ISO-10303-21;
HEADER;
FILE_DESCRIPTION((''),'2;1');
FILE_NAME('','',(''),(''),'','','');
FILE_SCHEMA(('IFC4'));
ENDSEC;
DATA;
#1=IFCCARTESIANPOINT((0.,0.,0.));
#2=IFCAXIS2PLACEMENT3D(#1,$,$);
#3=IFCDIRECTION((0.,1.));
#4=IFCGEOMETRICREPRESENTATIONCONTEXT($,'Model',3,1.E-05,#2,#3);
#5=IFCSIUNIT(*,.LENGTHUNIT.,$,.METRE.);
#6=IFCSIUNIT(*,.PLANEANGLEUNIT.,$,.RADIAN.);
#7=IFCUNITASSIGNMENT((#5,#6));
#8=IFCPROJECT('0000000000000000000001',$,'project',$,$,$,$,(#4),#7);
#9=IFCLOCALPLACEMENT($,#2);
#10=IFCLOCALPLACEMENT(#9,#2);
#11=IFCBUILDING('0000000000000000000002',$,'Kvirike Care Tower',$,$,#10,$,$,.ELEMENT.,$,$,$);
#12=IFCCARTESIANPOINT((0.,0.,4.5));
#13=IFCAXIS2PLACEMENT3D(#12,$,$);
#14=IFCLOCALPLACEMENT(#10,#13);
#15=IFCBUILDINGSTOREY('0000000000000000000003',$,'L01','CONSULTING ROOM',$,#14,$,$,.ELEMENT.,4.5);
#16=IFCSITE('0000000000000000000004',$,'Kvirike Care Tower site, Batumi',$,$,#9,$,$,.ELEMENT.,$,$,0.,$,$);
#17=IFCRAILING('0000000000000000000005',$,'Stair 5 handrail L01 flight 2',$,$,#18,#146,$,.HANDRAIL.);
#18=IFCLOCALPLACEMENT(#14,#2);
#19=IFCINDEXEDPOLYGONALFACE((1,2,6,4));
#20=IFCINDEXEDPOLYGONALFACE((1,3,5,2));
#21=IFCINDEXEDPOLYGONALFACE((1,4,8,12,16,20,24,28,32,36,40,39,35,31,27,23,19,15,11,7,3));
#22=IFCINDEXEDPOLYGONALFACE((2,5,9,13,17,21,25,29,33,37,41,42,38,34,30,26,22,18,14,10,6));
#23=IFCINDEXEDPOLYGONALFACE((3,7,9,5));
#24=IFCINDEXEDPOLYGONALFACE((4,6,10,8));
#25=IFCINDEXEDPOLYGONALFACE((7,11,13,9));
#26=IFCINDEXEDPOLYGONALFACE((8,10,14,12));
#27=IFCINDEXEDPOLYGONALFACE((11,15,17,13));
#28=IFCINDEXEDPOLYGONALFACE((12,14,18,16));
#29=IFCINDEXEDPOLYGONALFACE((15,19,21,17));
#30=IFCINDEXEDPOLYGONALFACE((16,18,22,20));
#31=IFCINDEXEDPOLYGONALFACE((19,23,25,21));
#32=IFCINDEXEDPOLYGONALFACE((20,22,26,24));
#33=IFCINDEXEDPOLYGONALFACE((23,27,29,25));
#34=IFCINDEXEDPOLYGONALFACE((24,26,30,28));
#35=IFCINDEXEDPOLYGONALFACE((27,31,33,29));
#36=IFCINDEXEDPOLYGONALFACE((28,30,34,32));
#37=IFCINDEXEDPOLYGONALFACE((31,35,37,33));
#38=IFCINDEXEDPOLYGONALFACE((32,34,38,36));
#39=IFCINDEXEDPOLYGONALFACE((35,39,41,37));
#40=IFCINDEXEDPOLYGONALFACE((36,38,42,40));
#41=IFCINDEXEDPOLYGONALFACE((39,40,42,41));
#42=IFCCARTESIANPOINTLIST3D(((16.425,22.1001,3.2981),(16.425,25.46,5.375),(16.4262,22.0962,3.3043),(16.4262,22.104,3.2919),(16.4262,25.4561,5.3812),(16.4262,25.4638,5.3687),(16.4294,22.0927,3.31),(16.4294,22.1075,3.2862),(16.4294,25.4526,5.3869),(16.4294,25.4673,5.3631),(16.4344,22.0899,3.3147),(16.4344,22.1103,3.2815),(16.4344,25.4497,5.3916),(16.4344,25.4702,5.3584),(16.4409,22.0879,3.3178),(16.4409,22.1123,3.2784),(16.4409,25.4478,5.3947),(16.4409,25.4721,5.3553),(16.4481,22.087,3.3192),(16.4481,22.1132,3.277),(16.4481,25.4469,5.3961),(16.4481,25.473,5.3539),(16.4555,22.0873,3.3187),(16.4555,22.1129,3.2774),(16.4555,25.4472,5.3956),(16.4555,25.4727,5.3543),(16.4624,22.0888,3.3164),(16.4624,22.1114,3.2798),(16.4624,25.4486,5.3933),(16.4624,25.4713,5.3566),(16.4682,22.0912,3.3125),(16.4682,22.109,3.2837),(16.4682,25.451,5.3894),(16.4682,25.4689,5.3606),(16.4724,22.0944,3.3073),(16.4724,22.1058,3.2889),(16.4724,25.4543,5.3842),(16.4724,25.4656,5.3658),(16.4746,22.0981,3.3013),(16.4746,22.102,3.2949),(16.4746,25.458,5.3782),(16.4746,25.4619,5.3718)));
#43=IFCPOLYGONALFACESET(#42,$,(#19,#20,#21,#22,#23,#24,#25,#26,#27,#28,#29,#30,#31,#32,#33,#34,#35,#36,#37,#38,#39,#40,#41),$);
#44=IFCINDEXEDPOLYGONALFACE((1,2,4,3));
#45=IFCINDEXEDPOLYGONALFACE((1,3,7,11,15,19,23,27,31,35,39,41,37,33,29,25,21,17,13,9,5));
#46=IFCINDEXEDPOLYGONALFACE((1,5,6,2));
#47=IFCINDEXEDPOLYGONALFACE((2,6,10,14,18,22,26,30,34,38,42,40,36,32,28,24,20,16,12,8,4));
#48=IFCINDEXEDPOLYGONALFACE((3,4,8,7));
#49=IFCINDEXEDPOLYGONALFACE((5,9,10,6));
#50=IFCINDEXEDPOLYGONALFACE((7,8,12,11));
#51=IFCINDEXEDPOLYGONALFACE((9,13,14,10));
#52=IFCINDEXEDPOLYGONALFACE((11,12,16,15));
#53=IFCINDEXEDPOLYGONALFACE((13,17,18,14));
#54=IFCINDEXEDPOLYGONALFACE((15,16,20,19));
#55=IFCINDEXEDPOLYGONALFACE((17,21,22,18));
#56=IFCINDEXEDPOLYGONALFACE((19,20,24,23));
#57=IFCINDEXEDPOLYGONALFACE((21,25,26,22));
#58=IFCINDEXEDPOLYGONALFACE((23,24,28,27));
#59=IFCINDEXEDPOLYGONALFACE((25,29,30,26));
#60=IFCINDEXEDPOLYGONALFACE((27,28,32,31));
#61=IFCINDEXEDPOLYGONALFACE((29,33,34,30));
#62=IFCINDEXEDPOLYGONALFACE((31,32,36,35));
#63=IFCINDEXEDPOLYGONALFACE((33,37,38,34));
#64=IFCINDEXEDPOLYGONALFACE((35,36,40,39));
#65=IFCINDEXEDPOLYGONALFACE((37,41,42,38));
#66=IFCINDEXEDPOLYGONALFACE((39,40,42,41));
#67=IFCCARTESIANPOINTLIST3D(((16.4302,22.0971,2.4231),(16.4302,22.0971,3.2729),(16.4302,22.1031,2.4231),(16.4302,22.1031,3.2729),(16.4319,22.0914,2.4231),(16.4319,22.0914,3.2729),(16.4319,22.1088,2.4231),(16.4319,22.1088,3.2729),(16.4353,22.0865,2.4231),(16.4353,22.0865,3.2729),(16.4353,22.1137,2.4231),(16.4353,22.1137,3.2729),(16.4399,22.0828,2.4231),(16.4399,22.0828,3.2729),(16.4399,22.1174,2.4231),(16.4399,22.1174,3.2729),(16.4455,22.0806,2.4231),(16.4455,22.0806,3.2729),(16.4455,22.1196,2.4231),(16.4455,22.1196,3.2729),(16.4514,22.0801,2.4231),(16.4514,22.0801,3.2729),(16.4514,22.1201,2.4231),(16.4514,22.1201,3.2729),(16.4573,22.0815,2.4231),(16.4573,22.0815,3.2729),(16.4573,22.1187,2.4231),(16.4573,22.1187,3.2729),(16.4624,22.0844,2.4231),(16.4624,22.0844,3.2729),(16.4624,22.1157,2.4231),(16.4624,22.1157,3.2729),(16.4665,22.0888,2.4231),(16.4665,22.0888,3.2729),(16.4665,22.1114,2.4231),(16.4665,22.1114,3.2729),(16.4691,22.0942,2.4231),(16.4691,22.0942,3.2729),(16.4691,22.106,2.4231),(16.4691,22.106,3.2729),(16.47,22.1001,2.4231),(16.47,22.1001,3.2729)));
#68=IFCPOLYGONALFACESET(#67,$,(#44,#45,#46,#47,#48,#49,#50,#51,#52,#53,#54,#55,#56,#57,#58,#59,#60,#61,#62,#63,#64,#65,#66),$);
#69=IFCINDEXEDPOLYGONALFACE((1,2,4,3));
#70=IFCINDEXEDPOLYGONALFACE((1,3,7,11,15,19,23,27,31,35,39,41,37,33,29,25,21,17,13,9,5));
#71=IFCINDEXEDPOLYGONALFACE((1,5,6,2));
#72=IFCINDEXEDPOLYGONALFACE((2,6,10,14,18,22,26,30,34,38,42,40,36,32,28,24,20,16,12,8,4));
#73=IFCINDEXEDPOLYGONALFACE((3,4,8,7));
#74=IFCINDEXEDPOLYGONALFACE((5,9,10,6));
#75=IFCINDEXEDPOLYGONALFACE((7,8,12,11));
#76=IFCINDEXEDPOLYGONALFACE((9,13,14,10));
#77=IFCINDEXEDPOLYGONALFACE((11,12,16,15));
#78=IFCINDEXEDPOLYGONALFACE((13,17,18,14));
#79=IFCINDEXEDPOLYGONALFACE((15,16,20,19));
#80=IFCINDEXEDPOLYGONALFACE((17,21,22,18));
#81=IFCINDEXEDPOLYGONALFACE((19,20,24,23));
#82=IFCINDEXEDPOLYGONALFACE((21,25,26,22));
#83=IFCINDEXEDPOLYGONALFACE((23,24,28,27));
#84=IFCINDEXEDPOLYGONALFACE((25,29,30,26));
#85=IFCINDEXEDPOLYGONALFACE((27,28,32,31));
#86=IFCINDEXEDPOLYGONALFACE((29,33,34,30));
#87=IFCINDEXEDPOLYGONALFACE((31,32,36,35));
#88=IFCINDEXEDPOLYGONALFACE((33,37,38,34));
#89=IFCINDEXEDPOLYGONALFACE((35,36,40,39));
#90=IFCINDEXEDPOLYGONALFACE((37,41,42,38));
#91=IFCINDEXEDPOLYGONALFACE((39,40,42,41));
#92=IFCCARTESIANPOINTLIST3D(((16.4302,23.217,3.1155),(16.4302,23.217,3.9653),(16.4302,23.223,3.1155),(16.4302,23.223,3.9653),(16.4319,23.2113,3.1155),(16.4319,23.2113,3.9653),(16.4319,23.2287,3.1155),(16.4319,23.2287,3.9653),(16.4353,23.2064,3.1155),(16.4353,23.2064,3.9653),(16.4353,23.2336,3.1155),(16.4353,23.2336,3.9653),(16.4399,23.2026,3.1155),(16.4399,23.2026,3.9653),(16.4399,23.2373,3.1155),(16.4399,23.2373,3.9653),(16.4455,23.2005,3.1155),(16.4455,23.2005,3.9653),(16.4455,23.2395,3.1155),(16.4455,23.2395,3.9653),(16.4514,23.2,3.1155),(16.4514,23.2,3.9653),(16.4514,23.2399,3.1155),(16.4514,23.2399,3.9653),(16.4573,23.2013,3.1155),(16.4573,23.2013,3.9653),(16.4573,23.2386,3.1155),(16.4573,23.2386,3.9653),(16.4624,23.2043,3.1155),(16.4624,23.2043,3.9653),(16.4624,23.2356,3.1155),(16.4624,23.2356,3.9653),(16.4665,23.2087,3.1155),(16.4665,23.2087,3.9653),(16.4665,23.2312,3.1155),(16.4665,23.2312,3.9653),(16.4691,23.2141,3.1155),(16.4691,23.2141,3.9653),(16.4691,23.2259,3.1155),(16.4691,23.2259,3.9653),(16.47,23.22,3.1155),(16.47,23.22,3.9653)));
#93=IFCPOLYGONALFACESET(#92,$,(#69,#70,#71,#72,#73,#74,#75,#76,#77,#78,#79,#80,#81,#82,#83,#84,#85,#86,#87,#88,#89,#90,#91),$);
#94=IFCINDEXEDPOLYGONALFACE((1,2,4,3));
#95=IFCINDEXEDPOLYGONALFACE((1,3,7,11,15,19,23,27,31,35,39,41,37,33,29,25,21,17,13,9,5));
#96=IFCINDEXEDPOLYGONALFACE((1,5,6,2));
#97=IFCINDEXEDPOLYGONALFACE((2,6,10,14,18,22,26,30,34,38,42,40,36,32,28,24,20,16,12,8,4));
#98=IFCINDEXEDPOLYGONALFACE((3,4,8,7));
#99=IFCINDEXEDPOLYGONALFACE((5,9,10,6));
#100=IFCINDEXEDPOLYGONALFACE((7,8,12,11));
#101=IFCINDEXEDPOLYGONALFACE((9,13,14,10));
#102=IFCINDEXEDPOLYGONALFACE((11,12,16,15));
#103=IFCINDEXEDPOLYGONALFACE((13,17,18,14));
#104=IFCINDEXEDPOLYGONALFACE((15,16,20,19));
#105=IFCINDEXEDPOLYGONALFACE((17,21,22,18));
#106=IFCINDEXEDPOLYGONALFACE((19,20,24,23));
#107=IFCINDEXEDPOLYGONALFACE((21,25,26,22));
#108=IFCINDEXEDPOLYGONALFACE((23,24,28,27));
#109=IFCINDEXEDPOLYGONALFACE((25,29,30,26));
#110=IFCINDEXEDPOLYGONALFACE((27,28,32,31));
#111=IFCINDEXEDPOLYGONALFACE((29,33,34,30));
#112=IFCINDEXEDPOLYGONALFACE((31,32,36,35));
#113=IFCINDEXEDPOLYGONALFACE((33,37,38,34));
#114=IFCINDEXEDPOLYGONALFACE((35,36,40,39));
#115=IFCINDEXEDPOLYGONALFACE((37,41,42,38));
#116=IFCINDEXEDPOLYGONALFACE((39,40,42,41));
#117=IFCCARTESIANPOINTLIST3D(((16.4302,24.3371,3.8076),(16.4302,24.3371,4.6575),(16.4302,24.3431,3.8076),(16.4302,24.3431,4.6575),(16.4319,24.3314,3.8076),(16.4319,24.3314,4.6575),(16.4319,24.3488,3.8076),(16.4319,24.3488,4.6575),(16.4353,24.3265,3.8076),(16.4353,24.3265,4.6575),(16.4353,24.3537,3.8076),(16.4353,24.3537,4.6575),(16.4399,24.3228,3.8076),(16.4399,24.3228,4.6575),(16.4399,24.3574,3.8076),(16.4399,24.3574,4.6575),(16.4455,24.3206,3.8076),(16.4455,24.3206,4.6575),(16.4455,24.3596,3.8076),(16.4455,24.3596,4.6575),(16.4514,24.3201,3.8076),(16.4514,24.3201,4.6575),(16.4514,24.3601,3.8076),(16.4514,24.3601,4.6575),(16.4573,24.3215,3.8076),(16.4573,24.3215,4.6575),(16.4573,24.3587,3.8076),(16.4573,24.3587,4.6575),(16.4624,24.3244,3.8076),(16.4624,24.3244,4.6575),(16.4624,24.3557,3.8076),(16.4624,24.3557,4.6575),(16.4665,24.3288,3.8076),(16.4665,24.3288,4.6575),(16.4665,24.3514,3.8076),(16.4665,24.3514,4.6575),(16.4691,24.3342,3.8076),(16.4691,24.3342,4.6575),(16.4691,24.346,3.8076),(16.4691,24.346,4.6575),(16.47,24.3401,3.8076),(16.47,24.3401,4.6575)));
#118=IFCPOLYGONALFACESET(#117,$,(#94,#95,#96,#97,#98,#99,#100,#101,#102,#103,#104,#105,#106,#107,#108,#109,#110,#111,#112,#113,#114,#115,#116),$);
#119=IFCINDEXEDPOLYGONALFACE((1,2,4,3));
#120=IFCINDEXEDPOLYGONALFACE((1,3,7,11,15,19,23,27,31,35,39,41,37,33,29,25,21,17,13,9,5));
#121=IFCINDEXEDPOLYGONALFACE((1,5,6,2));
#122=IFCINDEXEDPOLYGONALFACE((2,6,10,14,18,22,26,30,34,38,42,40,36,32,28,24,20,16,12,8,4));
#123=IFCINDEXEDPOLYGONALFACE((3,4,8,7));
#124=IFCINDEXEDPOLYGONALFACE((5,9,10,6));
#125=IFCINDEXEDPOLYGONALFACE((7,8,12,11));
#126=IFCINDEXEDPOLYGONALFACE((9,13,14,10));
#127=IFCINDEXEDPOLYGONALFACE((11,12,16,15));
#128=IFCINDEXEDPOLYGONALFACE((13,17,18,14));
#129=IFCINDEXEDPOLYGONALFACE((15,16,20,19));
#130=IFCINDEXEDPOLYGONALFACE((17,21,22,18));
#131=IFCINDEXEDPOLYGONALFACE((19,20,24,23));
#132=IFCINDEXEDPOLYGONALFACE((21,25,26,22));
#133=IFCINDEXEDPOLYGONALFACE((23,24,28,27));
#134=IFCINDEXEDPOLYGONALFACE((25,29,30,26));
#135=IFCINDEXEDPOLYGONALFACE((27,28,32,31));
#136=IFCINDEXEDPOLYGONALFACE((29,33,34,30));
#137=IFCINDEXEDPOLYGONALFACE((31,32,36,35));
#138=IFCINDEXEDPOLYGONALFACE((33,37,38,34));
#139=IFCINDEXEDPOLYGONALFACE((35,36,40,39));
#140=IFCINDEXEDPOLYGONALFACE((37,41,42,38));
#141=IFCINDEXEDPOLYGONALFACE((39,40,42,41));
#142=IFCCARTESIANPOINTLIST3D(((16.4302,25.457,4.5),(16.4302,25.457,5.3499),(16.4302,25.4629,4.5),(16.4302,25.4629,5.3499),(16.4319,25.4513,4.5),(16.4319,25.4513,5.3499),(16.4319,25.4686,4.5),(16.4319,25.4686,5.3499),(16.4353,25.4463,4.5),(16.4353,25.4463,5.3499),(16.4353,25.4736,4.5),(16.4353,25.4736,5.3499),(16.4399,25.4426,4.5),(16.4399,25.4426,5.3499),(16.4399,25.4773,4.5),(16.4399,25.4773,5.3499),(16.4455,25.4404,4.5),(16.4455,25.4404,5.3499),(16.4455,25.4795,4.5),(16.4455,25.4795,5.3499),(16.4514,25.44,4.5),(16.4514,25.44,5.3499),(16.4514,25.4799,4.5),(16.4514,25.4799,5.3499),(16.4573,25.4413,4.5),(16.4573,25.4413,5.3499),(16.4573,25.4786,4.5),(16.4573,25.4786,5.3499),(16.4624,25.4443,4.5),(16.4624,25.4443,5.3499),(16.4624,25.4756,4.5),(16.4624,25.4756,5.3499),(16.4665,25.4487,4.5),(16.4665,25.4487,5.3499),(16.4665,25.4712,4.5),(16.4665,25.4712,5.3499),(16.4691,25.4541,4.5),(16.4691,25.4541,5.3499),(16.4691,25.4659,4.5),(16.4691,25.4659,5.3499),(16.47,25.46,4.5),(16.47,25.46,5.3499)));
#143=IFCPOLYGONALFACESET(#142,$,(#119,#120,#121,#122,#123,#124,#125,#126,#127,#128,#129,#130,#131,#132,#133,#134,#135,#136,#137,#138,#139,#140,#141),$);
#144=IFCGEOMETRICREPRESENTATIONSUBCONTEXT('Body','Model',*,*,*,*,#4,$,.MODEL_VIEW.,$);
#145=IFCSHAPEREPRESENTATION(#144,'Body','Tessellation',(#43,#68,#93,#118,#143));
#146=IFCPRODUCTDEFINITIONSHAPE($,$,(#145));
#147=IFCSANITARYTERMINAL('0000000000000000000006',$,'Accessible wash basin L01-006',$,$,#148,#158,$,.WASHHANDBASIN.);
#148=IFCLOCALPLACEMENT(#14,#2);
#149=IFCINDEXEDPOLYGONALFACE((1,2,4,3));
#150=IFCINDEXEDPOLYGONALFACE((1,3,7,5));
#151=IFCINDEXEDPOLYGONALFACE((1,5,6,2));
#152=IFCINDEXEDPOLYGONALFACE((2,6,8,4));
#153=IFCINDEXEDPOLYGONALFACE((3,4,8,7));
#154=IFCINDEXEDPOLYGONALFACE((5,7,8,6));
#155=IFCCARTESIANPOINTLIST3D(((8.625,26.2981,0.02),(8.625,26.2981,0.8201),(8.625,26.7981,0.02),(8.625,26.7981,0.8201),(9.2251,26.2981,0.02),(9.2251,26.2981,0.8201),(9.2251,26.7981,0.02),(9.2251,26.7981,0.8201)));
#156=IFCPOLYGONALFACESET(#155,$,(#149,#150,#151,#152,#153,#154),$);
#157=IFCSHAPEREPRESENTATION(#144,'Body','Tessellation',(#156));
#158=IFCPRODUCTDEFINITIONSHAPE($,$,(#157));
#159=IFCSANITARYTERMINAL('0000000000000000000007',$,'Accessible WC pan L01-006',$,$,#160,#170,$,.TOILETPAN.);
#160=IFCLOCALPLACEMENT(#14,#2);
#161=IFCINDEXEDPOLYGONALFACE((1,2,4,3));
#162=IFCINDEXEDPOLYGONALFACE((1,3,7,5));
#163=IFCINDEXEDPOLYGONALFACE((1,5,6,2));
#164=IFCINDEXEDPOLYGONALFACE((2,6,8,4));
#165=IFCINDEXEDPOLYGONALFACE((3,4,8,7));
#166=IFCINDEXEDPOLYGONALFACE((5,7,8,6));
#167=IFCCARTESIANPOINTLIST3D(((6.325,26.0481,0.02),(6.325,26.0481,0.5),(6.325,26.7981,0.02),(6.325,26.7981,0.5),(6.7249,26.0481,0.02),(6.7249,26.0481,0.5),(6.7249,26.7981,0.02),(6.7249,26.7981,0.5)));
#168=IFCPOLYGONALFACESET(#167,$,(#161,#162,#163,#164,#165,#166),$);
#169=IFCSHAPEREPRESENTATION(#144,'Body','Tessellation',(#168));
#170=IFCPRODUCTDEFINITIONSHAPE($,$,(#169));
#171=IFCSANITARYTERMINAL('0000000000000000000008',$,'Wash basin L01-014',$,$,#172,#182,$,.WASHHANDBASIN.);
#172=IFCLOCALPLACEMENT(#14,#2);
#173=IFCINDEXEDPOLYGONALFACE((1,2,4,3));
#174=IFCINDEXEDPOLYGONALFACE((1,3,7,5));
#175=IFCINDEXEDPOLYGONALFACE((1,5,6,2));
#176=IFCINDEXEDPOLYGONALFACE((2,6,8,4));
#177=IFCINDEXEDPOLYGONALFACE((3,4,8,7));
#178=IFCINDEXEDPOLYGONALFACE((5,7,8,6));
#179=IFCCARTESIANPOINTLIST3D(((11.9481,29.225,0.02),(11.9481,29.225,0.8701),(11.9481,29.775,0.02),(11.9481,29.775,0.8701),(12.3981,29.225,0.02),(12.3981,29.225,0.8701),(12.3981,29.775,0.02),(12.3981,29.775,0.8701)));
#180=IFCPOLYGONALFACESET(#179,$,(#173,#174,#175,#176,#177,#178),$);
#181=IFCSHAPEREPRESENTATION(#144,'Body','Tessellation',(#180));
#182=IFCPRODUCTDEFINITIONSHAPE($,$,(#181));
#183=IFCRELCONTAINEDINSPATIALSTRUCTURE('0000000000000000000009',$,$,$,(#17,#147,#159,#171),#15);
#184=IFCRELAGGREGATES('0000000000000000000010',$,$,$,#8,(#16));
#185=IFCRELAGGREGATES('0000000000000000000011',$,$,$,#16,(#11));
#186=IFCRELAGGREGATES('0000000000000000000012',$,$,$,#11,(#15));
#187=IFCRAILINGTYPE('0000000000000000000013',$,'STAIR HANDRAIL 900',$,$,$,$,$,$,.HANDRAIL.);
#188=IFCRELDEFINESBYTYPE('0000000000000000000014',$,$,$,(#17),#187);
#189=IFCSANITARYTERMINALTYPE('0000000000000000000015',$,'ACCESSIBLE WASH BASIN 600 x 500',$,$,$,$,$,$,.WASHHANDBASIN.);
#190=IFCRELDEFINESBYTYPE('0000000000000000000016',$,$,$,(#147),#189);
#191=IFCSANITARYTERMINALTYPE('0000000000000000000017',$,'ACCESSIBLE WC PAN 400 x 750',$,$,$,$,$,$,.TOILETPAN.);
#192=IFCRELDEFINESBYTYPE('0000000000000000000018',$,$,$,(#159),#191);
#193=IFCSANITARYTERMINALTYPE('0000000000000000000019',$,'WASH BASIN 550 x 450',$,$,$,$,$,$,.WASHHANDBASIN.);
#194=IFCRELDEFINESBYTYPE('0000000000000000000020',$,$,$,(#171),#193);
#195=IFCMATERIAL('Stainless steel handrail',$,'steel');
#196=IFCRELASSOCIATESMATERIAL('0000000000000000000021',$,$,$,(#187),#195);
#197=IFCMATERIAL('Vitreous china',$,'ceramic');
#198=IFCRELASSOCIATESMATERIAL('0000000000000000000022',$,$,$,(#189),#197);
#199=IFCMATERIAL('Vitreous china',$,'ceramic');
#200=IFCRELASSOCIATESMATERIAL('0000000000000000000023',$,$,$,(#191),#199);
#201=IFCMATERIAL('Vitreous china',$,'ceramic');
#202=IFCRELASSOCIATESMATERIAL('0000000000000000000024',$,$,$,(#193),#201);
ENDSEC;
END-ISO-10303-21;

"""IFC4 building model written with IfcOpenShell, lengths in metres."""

from ifc_helpers import new_model, si_unit, direction, frame, origin, origin_2d, place, context, subcontext, project, spatial, rectangle, circle, extrude, material, type_object, element, save


model = new_model("IFC4")

# Units and contexts
model_context = context("Model", 3, precision=1e-05, world=origin(), true_north=direction((0.0, 1.0)))
body_context = subcontext(model_context, "Body", "Model", "MODEL_VIEW")
ifc_project = project(units=[si_unit("LENGTHUNIT", "METRE"), si_unit("PLANEANGLEUNIT", "RADIAN")], contexts=[model_context])

# Site, building, storey
site_placement = place(None, origin())
site = spatial("IfcSite", under=ifc_project, at=site_placement, Name="Kvirike Care Tower site, Batumi", CompositionType="ELEMENT", RefElevation=0.0)
building_placement = place(site_placement, origin())
building = spatial("IfcBuilding", under=site, at=building_placement, Name="Kvirike Care Tower", CompositionType="ELEMENT")
storey_placement = place(building_placement, frame((0.0, 0.0, 4.5)))
storey = spatial("IfcBuildingStorey", under=building, at=storey_placement, Name="L01", Description="CONSULTING ROOM", CompositionType="ELEMENT", Elevation=4.5)

# Railing
ifc_material_1 = material(Name="Stainless steel handrail", Category="steel")
railing_type = type_object("IfcRailingType", Name="STAIR HANDRAIL 900", PredefinedType="HANDRAIL", material=ifc_material_1)
railing_1_placement = place(storey_placement, frame((16.45, 22.1001, 2.4231)))
element("IfcRailing", 1, at=railing_1_placement, inside=storey, type_object=railing_type, Name="Stair 5 handrail L01 flight 2", PredefinedType="HANDRAIL", context=body_context, shape_type="SweptSolid", body=[
    extrude(circle(Radius=0.0249, at=origin_2d()), frame((0.0, 0.0, 0.875), z_axis=(0.0, 0.850606, 0.525803), x_axis=(-1.0, 0.0, 0.0)), (0.0, 0.0, 1.0), 3.95),
    extrude(circle(Radius=0.02, at=origin_2d()), origin(), (0.0, 0.0, 1.0), 0.8499),
    extrude(circle(Radius=0.02, at=origin_2d()), frame((0.0, 1.1199, 0.6924)), (0.0, 0.0, 1.0), 0.8499),
    extrude(circle(Radius=0.02, at=origin_2d()), frame((0.0, 2.24, 1.3845)), (0.0, 0.0, 1.0), 0.8499),
    extrude(circle(Radius=0.02, at=origin_2d()), frame((0.0, 3.3599, 2.0769)), (0.0, 0.0, 1.0), 0.8499),
])

# Sanitary terminals
ifc_material_2 = material(Name="Vitreous china", Category="ceramic")
sanitary_terminal_type_1 = type_object("IfcSanitaryTerminalType", Name="ACCESSIBLE WASH BASIN 600 x 500", PredefinedType="WASHHANDBASIN", material=ifc_material_2)
sanitary_terminal_1_placement = place(storey_placement, frame((8.925, 26.5481, 0.02), z_axis=(0.0, 0.0, 1.0), x_axis=(1.0, 0.0, 0.0)))
element("IfcSanitaryTerminal", 2, at=sanitary_terminal_1_placement, inside=storey, type_object=sanitary_terminal_type_1, Name="Accessible wash basin L01-006", PredefinedType="WASHHANDBASIN", context=body_context, shape_type="SweptSolid", body=[
    extrude(rectangle(XDim=0.6001, YDim=0.5, at=origin_2d()), origin(), (0.0, 0.0, 1.0), 0.8),
])
ifc_material_3 = material(Name="Vitreous china", Category="ceramic")
sanitary_terminal_type_2 = type_object("IfcSanitaryTerminalType", Name="ACCESSIBLE WC PAN 400 x 750", PredefinedType="TOILETPAN", material=ifc_material_3)
sanitary_terminal_2_placement = place(storey_placement, frame((6.5249, 26.4231, 0.02), z_axis=(0.0, 0.0, 1.0), x_axis=(1.0, 0.0, 0.0)))
element("IfcSanitaryTerminal", 3, at=sanitary_terminal_2_placement, inside=storey, type_object=sanitary_terminal_type_2, Name="Accessible WC pan L01-006", PredefinedType="TOILETPAN", context=body_context, shape_type="SweptSolid", body=[
    extrude(rectangle(XDim=0.3999, YDim=0.75, at=origin_2d()), origin(), (0.0, 0.0, 1.0), 0.48),
])
ifc_material_4 = material(Name="Vitreous china", Category="ceramic")
sanitary_terminal_type_3 = type_object("IfcSanitaryTerminalType", Name="WASH BASIN 550 x 450", PredefinedType="WASHHANDBASIN", material=ifc_material_4)
sanitary_terminal_3_placement = place(storey_placement, frame((12.1731, 29.5, 0.02), z_axis=(0.0, 0.0, 1.0), x_axis=(0.0, -1.0, 0.0)))
element("IfcSanitaryTerminal", 4, at=sanitary_terminal_3_placement, inside=storey, type_object=sanitary_terminal_type_3, Name="Wash basin L01-014", PredefinedType="WASHHANDBASIN", context=body_context, shape_type="SweptSolid", body=[
    extrude(rectangle(XDim=0.55, YDim=0.45, at=origin_2d()), origin(), (0.0, 0.0, 1.0), 0.8501),
])

save(model, "model.ifc")
